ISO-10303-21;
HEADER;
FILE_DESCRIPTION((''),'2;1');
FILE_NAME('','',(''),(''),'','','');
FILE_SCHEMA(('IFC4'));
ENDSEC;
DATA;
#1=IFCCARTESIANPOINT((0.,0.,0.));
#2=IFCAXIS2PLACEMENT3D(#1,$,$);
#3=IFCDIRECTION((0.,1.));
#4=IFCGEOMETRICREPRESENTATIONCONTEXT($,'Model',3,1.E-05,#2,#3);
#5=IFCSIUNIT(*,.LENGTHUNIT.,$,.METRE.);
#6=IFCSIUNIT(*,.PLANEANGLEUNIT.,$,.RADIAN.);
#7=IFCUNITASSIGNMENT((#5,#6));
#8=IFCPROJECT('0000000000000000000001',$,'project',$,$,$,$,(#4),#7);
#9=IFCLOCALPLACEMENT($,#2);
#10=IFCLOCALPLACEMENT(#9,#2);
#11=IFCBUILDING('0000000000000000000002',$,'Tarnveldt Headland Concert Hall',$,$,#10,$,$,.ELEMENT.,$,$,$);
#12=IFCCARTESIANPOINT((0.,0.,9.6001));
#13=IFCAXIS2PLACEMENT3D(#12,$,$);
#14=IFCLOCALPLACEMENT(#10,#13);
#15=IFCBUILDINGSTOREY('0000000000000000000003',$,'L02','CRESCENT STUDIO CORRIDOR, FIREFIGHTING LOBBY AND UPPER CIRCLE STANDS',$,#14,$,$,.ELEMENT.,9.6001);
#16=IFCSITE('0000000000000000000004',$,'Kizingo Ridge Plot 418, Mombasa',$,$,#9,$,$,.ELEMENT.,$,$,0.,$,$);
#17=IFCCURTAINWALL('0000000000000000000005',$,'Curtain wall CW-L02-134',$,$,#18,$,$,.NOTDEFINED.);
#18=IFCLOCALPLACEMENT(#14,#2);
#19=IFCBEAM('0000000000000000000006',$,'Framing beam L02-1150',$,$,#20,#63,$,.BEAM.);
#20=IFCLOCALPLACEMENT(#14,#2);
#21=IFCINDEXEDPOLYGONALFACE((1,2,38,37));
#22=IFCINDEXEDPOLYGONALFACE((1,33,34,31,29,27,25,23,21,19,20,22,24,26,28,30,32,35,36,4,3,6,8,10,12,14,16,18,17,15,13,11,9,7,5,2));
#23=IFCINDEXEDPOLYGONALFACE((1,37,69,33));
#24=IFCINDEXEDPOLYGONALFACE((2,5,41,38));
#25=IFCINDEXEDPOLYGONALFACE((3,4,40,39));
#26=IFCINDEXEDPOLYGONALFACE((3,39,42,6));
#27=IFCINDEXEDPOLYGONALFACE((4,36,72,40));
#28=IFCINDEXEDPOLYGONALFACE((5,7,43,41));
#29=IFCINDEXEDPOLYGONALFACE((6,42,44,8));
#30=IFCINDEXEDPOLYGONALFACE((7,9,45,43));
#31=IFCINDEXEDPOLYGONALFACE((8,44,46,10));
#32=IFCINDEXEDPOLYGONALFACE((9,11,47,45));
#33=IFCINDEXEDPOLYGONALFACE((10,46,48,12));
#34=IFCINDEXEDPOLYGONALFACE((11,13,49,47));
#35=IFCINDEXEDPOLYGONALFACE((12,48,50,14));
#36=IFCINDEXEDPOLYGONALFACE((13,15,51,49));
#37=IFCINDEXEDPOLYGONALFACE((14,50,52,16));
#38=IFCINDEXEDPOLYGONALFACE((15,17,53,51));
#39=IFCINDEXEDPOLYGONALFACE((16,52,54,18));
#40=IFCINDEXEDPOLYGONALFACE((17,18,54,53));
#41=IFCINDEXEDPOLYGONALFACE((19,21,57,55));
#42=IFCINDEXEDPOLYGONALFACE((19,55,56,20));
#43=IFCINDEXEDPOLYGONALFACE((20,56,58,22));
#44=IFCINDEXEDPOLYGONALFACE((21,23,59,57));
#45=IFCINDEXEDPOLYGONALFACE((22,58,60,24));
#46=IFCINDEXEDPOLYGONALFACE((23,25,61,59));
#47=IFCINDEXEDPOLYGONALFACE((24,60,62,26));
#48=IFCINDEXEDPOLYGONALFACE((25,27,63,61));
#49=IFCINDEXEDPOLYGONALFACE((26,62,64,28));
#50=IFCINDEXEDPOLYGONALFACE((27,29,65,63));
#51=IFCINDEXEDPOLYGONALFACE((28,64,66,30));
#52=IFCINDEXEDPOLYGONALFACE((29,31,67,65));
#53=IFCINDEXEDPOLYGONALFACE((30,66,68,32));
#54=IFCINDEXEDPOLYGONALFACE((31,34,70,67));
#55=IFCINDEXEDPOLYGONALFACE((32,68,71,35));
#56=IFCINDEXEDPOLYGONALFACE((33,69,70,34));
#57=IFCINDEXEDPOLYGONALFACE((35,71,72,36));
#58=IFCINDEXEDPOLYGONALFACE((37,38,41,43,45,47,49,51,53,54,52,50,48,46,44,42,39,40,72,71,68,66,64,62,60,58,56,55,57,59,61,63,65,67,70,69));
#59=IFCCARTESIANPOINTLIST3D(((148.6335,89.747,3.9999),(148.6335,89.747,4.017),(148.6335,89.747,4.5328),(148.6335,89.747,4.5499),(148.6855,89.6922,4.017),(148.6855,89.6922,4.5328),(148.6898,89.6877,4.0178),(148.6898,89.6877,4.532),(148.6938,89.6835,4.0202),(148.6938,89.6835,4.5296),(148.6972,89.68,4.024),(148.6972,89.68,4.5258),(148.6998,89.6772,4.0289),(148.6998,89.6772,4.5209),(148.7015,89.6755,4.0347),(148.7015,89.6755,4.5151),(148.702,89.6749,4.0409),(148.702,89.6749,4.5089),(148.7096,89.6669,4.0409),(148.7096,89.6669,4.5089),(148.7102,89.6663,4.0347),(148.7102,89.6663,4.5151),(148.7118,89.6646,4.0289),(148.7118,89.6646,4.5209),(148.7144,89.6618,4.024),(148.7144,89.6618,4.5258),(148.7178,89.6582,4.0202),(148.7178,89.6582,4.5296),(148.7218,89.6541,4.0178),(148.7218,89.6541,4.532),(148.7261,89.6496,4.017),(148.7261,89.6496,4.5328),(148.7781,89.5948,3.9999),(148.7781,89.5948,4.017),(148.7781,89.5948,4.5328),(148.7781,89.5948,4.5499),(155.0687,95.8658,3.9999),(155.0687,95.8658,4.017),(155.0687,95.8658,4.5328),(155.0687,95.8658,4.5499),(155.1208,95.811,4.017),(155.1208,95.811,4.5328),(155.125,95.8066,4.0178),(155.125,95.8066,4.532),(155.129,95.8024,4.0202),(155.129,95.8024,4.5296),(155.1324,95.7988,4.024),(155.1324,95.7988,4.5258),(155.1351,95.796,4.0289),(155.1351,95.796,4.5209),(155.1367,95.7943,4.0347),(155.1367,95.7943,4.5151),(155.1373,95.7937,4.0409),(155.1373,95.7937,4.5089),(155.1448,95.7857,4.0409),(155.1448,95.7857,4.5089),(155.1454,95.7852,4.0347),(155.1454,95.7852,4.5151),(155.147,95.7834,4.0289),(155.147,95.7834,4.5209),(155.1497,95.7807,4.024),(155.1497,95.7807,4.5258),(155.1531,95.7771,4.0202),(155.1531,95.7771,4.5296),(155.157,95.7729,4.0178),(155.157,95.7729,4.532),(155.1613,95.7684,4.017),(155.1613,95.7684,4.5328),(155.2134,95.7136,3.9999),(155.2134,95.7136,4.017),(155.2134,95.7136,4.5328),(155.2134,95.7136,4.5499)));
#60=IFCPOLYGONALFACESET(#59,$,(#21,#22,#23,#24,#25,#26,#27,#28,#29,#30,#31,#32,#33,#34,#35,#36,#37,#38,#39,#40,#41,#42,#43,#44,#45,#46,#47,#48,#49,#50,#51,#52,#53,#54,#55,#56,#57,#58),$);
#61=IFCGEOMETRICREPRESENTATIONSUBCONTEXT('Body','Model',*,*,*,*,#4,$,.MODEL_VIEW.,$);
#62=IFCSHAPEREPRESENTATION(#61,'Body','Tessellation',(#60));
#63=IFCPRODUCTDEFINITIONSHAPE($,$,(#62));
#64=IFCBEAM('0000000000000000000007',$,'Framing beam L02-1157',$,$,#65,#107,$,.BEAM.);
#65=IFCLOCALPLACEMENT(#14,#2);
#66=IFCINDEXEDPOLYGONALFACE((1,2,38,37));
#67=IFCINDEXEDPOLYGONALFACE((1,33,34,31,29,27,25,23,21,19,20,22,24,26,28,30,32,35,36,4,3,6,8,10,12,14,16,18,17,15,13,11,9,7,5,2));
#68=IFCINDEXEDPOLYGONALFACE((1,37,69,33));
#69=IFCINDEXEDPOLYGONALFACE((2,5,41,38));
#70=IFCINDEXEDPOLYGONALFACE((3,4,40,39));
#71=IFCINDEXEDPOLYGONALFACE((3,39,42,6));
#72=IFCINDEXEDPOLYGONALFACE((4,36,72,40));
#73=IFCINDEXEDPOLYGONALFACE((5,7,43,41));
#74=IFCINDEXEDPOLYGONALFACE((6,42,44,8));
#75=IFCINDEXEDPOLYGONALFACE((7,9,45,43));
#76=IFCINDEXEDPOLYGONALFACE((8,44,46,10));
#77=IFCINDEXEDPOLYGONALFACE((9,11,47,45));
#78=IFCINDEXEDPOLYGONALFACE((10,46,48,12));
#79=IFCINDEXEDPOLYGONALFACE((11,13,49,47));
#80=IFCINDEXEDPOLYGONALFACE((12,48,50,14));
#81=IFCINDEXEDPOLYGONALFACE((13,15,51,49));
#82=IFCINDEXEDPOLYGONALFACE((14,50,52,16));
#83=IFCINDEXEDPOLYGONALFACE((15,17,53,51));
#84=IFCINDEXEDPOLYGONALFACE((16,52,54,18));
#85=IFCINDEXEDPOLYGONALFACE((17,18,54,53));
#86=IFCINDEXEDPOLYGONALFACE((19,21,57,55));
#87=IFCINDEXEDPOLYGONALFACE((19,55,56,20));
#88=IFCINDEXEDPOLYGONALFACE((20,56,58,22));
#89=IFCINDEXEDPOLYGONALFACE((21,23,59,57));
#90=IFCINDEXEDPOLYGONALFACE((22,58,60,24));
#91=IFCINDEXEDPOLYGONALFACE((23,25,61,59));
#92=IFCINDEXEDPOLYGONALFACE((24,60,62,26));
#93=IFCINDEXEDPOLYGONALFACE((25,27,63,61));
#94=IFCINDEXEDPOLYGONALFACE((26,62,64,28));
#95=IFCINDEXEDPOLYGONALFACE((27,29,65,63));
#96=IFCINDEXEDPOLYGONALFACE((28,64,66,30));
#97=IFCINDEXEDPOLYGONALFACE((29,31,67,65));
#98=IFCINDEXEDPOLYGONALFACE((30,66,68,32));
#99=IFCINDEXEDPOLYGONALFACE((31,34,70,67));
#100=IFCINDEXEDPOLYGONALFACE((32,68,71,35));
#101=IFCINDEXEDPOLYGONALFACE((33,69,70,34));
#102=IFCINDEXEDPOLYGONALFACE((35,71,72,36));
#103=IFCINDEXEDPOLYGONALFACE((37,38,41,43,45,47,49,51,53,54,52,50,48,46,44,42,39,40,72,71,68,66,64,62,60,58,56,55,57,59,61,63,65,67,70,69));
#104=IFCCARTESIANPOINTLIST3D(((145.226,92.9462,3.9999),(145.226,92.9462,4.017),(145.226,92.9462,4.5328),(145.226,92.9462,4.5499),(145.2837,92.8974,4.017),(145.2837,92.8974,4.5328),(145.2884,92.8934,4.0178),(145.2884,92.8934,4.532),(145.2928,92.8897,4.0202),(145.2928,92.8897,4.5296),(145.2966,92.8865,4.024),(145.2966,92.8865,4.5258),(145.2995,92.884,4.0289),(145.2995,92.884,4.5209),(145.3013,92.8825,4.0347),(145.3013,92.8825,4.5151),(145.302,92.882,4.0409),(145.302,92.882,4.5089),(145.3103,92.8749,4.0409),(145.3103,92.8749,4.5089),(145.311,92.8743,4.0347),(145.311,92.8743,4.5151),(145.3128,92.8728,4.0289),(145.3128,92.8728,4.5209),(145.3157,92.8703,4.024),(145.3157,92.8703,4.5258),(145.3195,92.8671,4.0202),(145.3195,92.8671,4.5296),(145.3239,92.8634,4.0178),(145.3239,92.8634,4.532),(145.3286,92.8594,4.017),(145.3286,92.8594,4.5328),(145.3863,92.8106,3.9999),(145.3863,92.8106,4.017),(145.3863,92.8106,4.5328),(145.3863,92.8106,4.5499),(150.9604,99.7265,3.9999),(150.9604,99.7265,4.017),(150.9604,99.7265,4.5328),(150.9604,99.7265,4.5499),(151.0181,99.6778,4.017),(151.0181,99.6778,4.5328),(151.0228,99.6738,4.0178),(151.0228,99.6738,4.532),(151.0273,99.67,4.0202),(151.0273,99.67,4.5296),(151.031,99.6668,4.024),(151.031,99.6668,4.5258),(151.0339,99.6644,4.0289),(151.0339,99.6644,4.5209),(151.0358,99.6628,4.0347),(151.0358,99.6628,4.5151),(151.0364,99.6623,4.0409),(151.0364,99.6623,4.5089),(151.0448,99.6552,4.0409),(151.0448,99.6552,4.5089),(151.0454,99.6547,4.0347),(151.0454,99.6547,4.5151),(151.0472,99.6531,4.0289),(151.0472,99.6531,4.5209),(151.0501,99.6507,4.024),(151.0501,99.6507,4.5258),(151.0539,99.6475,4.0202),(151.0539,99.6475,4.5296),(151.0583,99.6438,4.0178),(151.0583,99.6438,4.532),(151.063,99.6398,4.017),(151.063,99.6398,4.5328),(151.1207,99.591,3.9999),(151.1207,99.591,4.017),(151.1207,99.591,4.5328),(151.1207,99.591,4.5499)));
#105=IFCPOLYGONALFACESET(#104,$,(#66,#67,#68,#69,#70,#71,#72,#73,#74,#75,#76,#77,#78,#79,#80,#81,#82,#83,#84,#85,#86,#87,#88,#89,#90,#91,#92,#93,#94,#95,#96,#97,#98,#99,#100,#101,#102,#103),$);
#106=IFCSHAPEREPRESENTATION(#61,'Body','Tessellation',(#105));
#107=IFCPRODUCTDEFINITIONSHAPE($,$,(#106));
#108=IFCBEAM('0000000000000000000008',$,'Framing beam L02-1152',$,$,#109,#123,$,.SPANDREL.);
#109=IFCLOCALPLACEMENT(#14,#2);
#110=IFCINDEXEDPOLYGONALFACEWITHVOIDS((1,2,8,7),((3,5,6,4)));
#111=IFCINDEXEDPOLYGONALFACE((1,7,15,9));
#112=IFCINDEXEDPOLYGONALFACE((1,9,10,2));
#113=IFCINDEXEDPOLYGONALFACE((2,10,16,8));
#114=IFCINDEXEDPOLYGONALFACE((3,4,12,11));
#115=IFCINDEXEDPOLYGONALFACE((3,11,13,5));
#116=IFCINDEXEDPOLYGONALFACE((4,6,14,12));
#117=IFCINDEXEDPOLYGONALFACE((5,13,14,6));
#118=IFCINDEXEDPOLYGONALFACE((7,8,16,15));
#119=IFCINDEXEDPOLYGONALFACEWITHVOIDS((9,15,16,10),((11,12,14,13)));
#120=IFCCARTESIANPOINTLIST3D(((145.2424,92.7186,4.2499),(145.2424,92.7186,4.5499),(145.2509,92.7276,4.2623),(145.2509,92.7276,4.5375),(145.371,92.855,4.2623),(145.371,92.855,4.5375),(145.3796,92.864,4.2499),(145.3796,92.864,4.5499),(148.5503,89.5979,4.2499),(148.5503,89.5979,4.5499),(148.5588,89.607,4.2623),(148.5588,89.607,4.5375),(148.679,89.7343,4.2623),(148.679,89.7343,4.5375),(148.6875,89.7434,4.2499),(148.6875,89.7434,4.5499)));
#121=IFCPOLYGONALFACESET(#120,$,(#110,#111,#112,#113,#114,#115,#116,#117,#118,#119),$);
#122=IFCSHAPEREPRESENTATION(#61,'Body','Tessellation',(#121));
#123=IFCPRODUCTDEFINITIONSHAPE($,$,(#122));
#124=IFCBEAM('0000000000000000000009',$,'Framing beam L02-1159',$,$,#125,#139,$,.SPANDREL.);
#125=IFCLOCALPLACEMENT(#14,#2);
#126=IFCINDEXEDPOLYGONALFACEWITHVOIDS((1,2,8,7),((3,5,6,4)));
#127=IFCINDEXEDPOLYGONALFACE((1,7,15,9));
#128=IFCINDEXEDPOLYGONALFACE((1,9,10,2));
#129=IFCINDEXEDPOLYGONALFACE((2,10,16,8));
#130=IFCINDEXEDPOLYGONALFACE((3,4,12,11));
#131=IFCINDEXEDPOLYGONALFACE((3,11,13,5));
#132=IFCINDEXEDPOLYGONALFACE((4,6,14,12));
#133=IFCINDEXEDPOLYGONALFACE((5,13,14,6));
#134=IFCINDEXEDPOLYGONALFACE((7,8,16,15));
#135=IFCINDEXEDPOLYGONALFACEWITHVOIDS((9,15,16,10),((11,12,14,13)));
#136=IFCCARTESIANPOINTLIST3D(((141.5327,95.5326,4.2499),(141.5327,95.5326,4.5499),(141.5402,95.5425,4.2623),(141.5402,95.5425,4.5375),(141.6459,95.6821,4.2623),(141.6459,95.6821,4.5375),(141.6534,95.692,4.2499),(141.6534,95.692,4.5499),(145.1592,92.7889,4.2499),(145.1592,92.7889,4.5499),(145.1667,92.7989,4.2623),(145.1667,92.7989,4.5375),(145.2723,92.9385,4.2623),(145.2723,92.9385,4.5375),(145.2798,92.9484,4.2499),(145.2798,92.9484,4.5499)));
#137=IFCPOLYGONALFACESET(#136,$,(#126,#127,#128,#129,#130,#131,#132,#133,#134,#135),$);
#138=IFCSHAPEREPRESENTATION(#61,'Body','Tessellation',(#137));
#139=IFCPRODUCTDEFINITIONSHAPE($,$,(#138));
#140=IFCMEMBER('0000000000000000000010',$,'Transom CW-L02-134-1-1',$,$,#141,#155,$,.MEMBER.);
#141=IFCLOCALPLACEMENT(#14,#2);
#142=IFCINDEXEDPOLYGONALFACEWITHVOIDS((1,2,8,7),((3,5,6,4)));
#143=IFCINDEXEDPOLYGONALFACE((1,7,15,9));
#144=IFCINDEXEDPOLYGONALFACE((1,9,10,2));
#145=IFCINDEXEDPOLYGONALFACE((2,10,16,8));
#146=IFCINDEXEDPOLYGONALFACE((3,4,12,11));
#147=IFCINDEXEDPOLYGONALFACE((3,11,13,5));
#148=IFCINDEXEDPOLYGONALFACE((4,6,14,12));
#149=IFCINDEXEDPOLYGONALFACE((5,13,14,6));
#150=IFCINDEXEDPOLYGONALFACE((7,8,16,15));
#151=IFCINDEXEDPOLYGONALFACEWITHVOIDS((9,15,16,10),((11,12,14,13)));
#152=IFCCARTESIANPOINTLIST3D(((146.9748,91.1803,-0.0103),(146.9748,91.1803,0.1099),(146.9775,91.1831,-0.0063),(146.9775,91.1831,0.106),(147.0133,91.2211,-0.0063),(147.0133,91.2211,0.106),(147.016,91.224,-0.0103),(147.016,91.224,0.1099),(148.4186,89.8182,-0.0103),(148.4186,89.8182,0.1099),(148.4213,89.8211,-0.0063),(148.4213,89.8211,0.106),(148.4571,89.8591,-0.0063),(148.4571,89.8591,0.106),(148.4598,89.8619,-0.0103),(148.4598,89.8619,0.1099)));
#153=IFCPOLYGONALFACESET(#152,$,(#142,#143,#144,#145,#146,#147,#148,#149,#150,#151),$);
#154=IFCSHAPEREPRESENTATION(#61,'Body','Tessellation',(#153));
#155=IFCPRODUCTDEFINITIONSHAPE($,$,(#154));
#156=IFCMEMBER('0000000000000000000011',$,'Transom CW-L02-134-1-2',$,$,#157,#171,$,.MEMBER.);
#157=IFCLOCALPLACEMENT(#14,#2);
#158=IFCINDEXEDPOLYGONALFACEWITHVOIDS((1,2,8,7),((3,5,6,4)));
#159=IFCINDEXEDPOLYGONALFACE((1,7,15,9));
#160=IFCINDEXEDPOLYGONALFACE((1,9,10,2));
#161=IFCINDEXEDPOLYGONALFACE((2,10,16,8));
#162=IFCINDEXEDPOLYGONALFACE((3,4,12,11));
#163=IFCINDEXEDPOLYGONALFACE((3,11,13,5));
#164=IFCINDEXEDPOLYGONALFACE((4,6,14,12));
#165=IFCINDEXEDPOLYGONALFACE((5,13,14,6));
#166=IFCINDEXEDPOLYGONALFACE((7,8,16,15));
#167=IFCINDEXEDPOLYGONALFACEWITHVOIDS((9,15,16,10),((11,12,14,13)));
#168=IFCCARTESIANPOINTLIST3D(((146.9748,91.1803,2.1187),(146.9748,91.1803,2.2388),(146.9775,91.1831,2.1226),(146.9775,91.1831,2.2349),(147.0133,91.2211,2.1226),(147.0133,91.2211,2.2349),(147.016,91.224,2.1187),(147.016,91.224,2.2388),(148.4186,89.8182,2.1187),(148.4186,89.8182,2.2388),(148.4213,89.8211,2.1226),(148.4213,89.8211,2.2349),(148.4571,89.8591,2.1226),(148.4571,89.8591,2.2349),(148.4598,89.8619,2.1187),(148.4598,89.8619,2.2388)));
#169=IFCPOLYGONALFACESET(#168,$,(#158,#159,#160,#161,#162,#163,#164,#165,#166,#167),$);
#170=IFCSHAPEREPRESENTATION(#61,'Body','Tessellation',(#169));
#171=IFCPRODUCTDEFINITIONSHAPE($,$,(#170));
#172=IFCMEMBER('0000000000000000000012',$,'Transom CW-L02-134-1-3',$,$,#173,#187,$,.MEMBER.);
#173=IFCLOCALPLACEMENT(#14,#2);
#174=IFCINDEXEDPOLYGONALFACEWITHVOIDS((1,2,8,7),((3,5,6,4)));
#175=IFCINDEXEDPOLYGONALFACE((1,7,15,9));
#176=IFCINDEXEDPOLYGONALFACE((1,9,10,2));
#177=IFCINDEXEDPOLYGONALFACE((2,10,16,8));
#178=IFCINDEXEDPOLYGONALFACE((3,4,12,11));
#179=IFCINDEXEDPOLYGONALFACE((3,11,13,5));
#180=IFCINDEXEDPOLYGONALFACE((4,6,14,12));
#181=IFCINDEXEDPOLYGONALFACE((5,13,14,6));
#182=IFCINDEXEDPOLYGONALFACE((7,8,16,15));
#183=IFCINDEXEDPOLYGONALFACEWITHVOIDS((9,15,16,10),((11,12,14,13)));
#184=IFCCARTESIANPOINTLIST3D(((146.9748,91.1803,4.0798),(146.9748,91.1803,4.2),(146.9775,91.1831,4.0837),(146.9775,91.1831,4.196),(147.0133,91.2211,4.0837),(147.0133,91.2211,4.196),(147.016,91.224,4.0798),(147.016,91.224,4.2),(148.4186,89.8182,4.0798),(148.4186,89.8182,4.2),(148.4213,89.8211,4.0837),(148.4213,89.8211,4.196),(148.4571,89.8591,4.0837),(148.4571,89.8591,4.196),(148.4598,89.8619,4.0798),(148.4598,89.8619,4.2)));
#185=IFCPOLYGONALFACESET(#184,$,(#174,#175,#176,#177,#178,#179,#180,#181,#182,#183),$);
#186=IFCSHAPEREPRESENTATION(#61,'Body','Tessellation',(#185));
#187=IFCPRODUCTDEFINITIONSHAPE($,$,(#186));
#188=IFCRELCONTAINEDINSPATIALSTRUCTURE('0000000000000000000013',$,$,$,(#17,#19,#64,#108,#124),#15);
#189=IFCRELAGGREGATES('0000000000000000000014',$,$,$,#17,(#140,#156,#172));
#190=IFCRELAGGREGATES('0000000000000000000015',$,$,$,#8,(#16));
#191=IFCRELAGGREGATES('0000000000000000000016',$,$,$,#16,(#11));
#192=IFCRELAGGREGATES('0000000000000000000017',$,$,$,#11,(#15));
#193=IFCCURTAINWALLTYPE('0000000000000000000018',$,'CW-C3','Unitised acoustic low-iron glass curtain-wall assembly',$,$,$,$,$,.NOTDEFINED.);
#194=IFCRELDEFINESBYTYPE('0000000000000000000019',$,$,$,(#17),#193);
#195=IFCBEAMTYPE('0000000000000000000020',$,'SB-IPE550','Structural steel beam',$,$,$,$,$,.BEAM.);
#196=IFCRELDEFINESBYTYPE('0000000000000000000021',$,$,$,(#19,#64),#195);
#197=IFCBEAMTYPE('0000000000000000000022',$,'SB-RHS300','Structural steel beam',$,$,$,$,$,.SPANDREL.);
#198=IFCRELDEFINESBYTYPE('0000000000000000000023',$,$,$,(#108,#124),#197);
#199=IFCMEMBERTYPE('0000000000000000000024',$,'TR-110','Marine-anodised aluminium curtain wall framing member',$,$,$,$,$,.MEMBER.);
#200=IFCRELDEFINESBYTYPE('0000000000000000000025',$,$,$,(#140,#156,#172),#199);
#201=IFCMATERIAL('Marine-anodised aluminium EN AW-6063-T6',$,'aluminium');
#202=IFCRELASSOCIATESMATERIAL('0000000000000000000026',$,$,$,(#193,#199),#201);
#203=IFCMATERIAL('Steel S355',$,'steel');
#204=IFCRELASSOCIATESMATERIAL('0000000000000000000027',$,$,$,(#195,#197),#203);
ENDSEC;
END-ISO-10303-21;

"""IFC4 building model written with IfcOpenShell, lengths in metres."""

from ifc_helpers import new_model, si_unit, direction, frame, origin, origin_2d, place, context, subcontext, project, spatial, hollow_rectangle, i_section, extrude, material, material_profile, profile_set, type_object, element, aggregate, save


model = new_model("IFC4")

# Units and contexts
model_context = context("Model", 3, precision=1e-05, world=origin(), true_north=direction((0.0, 1.0)))
body_context = subcontext(model_context, "Body", "Model", "MODEL_VIEW")
ifc_project = project(units=[si_unit("LENGTHUNIT", "METRE"), si_unit("PLANEANGLEUNIT", "RADIAN")], contexts=[model_context])

# Site, building, storey
site_placement = place(None, origin())
site = spatial("IfcSite", under=ifc_project, at=site_placement, Name="Kizingo Ridge Plot 418, Mombasa", CompositionType="ELEMENT", RefElevation=0.0)
building_placement = place(site_placement, origin())
building = spatial("IfcBuilding", under=site, at=building_placement, Name="Tarnveldt Headland Concert Hall", CompositionType="ELEMENT")
storey_placement = place(building_placement, frame((0.0, 0.0, 9.6001)))
storey = spatial("IfcBuildingStorey", under=building, at=storey_placement, Name="L02", Description="CRESCENT STUDIO CORRIDOR, FIREFIGHTING LOBBY AND UPPER CIRCLE STANDS", CompositionType="ELEMENT", Elevation=9.6001)

# Shared definitions
ifc_material_1 = material(Name="Steel S355", Category="steel")

# Curtain wall
ifc_material_2 = material(Name="Marine-anodised aluminium EN AW-6063-T6", Category="aluminium")
curtain_wall_type = type_object("IfcCurtainWallType", Name="CW-C3", Description="Unitised acoustic low-iron glass curtain-wall assembly", PredefinedType="NOTDEFINED", material=ifc_material_2)
curtain_wall_1_placement = place(storey_placement, origin())
curtain_wall_1 = element("IfcCurtainWall", 1, at=curtain_wall_1_placement, inside=storey, type_object=curtain_wall_type, Name="Curtain wall CW-L02-134", PredefinedType="NOTDEFINED")

# Beams
ifc_material_profile_1 = material_profile(ifc_material_1, i_section(OverallWidth=0.21, OverallDepth=0.55, WebThickness=0.011, FlangeThickness=0.0171, FilletRadius=0.0239, at=origin_2d()), Name="IPE550", Category="steel")
ifc_profile_set_1 = profile_set([ifc_material_profile_1], Name="Steel S355")
beam_type_1 = type_object("IfcBeamType", Name="SB-IPE550", Description="Structural steel beam", PredefinedType="BEAM", material=ifc_profile_set_1)
beam_1_placement = place(storey_placement, frame((148.7058, 89.6709, 4.2749), z_axis=(0.724698, 0.689067, 0.0), x_axis=(-0.689067, 0.724698, 0.0)))
element("IfcBeam", 2, at=beam_1_placement, inside=storey, type_object=beam_type_1, Name="Framing beam L02-1150", PredefinedType="BEAM", context=body_context, shape_type="SweptSolid", body=[
    extrude(i_section(OverallWidth=0.21, OverallDepth=0.55, WebThickness=0.011, FlangeThickness=0.0171, FilletRadius=0.0239, at=origin_2d()), origin(), (0.0, 0.0, 1.0), 8.8799),
])
beam_2_placement = place(storey_placement, frame((145.3062, 92.8784, 4.2749), z_axis=(0.64576, 0.763541, 0.0), x_axis=(-0.763541, 0.64576, 0.0)))
element("IfcBeam", 3, at=beam_2_placement, inside=storey, type_object=beam_type_1, Name="Framing beam L02-1157", PredefinedType="BEAM", context=body_context, shape_type="SweptSolid", body=[
    extrude(i_section(OverallWidth=0.21, OverallDepth=0.55, WebThickness=0.011, FlangeThickness=0.0171, FilletRadius=0.0239, at=origin_2d()), origin(), (0.0, 0.0, 1.0), 8.8801),
])
ifc_material_profile_2 = material_profile(ifc_material_1, hollow_rectangle(XDim=0.2, YDim=0.3, WallThickness=0.0125, at=origin_2d()), Name="RHS 300x200x12.5", Category="steel")
ifc_profile_set_2 = profile_set([ifc_material_profile_2], Name="Steel S355")
beam_type_2 = type_object("IfcBeamType", Name="SB-RHS300", Description="Structural steel beam", PredefinedType="SPANDREL", material=ifc_profile_set_2)
beam_3_placement = place(storey_placement, frame((148.6189, 89.6707, 4.3999), z_axis=(-0.727396, 0.686218, 0.0), x_axis=(-0.686218, -0.727396, 0.0)))
element("IfcBeam", 4, at=beam_3_placement, inside=storey, type_object=beam_type_2, Name="Framing beam L02-1152", PredefinedType="SPANDREL", context=body_context, shape_type="SweptSolid", body=[
    extrude(hollow_rectangle(XDim=0.2, YDim=0.3, WallThickness=0.0125, at=origin_2d()), origin(), (0.0, 0.0, 1.0), 4.5476),
])
beam_4_placement = place(storey_placement, frame((145.2195, 92.8687, 4.3999), z_axis=(-0.79748, 0.603345, 0.0), x_axis=(-0.603345, -0.79748, 0.0)))
element("IfcBeam", 5, at=beam_4_placement, inside=storey, type_object=beam_type_2, Name="Framing beam L02-1159", PredefinedType="SPANDREL", context=body_context, shape_type="SweptSolid", body=[
    extrude(hollow_rectangle(XDim=0.2, YDim=0.3, WallThickness=0.0125, at=origin_2d()), origin(), (0.0, 0.0, 1.0), 4.5474),
])

# Members
ifc_material_profile_3 = material_profile(ifc_material_2, hollow_rectangle(XDim=0.0601, YDim=0.1201, WallThickness=0.0039, at=origin_2d()), Name="ALU TRANSOM 60x120x4", Category="aluminium")
ifc_profile_set_3 = profile_set([ifc_material_profile_3], Name="Marine-anodised aluminium EN AW-6063-T6")
member_type_1 = type_object("IfcMemberType", Name="TR-110", Description="Marine-anodised aluminium curtain wall framing member", PredefinedType="MEMBER", material=ifc_profile_set_3)
member_1_placement = place(storey_placement, frame((148.4392, 89.8401, 0.0498), z_axis=(-0.727409, 0.686204, 0.0), x_axis=(-0.686204, -0.727409, 0.0)))
member_1 = element("IfcMember", 6, at=member_1_placement, type_object=member_type_1, Name="Transom CW-L02-134-1-1", PredefinedType="MEMBER", context=body_context, shape_type="SweptSolid", body=[
    extrude(hollow_rectangle(XDim=0.0601, YDim=0.1201, WallThickness=0.0039, at=origin_2d()), origin(), (0.0, 0.0, 1.0), 1.9849),
])
member_2_placement = place(storey_placement, frame((148.4392, 89.8401, 2.1787), z_axis=(-0.727409, 0.686204, 0.0), x_axis=(-0.686204, -0.727409, 0.0)))
member_2 = element("IfcMember", 7, at=member_2_placement, type_object=member_type_1, Name="Transom CW-L02-134-1-2", PredefinedType="MEMBER", context=body_context, shape_type="SweptSolid", body=[
    extrude(hollow_rectangle(XDim=0.0601, YDim=0.1201, WallThickness=0.0039, at=origin_2d()), origin(), (0.0, 0.0, 1.0), 1.9849),
])
member_3_placement = place(storey_placement, frame((148.4392, 89.8401, 4.1399), z_axis=(-0.727409, 0.686204, 0.0), x_axis=(-0.686204, -0.727409, 0.0)))
member_3 = element("IfcMember", 8, at=member_3_placement, type_object=member_type_1, Name="Transom CW-L02-134-1-3", PredefinedType="MEMBER", context=body_context, shape_type="SweptSolid", body=[
    extrude(hollow_rectangle(XDim=0.0601, YDim=0.1201, WallThickness=0.0039, at=origin_2d()), origin(), (0.0, 0.0, 1.0), 1.9849),
])

aggregate(curtain_wall_1, [member_1, member_2, member_3])

save(model, "model.ifc")
